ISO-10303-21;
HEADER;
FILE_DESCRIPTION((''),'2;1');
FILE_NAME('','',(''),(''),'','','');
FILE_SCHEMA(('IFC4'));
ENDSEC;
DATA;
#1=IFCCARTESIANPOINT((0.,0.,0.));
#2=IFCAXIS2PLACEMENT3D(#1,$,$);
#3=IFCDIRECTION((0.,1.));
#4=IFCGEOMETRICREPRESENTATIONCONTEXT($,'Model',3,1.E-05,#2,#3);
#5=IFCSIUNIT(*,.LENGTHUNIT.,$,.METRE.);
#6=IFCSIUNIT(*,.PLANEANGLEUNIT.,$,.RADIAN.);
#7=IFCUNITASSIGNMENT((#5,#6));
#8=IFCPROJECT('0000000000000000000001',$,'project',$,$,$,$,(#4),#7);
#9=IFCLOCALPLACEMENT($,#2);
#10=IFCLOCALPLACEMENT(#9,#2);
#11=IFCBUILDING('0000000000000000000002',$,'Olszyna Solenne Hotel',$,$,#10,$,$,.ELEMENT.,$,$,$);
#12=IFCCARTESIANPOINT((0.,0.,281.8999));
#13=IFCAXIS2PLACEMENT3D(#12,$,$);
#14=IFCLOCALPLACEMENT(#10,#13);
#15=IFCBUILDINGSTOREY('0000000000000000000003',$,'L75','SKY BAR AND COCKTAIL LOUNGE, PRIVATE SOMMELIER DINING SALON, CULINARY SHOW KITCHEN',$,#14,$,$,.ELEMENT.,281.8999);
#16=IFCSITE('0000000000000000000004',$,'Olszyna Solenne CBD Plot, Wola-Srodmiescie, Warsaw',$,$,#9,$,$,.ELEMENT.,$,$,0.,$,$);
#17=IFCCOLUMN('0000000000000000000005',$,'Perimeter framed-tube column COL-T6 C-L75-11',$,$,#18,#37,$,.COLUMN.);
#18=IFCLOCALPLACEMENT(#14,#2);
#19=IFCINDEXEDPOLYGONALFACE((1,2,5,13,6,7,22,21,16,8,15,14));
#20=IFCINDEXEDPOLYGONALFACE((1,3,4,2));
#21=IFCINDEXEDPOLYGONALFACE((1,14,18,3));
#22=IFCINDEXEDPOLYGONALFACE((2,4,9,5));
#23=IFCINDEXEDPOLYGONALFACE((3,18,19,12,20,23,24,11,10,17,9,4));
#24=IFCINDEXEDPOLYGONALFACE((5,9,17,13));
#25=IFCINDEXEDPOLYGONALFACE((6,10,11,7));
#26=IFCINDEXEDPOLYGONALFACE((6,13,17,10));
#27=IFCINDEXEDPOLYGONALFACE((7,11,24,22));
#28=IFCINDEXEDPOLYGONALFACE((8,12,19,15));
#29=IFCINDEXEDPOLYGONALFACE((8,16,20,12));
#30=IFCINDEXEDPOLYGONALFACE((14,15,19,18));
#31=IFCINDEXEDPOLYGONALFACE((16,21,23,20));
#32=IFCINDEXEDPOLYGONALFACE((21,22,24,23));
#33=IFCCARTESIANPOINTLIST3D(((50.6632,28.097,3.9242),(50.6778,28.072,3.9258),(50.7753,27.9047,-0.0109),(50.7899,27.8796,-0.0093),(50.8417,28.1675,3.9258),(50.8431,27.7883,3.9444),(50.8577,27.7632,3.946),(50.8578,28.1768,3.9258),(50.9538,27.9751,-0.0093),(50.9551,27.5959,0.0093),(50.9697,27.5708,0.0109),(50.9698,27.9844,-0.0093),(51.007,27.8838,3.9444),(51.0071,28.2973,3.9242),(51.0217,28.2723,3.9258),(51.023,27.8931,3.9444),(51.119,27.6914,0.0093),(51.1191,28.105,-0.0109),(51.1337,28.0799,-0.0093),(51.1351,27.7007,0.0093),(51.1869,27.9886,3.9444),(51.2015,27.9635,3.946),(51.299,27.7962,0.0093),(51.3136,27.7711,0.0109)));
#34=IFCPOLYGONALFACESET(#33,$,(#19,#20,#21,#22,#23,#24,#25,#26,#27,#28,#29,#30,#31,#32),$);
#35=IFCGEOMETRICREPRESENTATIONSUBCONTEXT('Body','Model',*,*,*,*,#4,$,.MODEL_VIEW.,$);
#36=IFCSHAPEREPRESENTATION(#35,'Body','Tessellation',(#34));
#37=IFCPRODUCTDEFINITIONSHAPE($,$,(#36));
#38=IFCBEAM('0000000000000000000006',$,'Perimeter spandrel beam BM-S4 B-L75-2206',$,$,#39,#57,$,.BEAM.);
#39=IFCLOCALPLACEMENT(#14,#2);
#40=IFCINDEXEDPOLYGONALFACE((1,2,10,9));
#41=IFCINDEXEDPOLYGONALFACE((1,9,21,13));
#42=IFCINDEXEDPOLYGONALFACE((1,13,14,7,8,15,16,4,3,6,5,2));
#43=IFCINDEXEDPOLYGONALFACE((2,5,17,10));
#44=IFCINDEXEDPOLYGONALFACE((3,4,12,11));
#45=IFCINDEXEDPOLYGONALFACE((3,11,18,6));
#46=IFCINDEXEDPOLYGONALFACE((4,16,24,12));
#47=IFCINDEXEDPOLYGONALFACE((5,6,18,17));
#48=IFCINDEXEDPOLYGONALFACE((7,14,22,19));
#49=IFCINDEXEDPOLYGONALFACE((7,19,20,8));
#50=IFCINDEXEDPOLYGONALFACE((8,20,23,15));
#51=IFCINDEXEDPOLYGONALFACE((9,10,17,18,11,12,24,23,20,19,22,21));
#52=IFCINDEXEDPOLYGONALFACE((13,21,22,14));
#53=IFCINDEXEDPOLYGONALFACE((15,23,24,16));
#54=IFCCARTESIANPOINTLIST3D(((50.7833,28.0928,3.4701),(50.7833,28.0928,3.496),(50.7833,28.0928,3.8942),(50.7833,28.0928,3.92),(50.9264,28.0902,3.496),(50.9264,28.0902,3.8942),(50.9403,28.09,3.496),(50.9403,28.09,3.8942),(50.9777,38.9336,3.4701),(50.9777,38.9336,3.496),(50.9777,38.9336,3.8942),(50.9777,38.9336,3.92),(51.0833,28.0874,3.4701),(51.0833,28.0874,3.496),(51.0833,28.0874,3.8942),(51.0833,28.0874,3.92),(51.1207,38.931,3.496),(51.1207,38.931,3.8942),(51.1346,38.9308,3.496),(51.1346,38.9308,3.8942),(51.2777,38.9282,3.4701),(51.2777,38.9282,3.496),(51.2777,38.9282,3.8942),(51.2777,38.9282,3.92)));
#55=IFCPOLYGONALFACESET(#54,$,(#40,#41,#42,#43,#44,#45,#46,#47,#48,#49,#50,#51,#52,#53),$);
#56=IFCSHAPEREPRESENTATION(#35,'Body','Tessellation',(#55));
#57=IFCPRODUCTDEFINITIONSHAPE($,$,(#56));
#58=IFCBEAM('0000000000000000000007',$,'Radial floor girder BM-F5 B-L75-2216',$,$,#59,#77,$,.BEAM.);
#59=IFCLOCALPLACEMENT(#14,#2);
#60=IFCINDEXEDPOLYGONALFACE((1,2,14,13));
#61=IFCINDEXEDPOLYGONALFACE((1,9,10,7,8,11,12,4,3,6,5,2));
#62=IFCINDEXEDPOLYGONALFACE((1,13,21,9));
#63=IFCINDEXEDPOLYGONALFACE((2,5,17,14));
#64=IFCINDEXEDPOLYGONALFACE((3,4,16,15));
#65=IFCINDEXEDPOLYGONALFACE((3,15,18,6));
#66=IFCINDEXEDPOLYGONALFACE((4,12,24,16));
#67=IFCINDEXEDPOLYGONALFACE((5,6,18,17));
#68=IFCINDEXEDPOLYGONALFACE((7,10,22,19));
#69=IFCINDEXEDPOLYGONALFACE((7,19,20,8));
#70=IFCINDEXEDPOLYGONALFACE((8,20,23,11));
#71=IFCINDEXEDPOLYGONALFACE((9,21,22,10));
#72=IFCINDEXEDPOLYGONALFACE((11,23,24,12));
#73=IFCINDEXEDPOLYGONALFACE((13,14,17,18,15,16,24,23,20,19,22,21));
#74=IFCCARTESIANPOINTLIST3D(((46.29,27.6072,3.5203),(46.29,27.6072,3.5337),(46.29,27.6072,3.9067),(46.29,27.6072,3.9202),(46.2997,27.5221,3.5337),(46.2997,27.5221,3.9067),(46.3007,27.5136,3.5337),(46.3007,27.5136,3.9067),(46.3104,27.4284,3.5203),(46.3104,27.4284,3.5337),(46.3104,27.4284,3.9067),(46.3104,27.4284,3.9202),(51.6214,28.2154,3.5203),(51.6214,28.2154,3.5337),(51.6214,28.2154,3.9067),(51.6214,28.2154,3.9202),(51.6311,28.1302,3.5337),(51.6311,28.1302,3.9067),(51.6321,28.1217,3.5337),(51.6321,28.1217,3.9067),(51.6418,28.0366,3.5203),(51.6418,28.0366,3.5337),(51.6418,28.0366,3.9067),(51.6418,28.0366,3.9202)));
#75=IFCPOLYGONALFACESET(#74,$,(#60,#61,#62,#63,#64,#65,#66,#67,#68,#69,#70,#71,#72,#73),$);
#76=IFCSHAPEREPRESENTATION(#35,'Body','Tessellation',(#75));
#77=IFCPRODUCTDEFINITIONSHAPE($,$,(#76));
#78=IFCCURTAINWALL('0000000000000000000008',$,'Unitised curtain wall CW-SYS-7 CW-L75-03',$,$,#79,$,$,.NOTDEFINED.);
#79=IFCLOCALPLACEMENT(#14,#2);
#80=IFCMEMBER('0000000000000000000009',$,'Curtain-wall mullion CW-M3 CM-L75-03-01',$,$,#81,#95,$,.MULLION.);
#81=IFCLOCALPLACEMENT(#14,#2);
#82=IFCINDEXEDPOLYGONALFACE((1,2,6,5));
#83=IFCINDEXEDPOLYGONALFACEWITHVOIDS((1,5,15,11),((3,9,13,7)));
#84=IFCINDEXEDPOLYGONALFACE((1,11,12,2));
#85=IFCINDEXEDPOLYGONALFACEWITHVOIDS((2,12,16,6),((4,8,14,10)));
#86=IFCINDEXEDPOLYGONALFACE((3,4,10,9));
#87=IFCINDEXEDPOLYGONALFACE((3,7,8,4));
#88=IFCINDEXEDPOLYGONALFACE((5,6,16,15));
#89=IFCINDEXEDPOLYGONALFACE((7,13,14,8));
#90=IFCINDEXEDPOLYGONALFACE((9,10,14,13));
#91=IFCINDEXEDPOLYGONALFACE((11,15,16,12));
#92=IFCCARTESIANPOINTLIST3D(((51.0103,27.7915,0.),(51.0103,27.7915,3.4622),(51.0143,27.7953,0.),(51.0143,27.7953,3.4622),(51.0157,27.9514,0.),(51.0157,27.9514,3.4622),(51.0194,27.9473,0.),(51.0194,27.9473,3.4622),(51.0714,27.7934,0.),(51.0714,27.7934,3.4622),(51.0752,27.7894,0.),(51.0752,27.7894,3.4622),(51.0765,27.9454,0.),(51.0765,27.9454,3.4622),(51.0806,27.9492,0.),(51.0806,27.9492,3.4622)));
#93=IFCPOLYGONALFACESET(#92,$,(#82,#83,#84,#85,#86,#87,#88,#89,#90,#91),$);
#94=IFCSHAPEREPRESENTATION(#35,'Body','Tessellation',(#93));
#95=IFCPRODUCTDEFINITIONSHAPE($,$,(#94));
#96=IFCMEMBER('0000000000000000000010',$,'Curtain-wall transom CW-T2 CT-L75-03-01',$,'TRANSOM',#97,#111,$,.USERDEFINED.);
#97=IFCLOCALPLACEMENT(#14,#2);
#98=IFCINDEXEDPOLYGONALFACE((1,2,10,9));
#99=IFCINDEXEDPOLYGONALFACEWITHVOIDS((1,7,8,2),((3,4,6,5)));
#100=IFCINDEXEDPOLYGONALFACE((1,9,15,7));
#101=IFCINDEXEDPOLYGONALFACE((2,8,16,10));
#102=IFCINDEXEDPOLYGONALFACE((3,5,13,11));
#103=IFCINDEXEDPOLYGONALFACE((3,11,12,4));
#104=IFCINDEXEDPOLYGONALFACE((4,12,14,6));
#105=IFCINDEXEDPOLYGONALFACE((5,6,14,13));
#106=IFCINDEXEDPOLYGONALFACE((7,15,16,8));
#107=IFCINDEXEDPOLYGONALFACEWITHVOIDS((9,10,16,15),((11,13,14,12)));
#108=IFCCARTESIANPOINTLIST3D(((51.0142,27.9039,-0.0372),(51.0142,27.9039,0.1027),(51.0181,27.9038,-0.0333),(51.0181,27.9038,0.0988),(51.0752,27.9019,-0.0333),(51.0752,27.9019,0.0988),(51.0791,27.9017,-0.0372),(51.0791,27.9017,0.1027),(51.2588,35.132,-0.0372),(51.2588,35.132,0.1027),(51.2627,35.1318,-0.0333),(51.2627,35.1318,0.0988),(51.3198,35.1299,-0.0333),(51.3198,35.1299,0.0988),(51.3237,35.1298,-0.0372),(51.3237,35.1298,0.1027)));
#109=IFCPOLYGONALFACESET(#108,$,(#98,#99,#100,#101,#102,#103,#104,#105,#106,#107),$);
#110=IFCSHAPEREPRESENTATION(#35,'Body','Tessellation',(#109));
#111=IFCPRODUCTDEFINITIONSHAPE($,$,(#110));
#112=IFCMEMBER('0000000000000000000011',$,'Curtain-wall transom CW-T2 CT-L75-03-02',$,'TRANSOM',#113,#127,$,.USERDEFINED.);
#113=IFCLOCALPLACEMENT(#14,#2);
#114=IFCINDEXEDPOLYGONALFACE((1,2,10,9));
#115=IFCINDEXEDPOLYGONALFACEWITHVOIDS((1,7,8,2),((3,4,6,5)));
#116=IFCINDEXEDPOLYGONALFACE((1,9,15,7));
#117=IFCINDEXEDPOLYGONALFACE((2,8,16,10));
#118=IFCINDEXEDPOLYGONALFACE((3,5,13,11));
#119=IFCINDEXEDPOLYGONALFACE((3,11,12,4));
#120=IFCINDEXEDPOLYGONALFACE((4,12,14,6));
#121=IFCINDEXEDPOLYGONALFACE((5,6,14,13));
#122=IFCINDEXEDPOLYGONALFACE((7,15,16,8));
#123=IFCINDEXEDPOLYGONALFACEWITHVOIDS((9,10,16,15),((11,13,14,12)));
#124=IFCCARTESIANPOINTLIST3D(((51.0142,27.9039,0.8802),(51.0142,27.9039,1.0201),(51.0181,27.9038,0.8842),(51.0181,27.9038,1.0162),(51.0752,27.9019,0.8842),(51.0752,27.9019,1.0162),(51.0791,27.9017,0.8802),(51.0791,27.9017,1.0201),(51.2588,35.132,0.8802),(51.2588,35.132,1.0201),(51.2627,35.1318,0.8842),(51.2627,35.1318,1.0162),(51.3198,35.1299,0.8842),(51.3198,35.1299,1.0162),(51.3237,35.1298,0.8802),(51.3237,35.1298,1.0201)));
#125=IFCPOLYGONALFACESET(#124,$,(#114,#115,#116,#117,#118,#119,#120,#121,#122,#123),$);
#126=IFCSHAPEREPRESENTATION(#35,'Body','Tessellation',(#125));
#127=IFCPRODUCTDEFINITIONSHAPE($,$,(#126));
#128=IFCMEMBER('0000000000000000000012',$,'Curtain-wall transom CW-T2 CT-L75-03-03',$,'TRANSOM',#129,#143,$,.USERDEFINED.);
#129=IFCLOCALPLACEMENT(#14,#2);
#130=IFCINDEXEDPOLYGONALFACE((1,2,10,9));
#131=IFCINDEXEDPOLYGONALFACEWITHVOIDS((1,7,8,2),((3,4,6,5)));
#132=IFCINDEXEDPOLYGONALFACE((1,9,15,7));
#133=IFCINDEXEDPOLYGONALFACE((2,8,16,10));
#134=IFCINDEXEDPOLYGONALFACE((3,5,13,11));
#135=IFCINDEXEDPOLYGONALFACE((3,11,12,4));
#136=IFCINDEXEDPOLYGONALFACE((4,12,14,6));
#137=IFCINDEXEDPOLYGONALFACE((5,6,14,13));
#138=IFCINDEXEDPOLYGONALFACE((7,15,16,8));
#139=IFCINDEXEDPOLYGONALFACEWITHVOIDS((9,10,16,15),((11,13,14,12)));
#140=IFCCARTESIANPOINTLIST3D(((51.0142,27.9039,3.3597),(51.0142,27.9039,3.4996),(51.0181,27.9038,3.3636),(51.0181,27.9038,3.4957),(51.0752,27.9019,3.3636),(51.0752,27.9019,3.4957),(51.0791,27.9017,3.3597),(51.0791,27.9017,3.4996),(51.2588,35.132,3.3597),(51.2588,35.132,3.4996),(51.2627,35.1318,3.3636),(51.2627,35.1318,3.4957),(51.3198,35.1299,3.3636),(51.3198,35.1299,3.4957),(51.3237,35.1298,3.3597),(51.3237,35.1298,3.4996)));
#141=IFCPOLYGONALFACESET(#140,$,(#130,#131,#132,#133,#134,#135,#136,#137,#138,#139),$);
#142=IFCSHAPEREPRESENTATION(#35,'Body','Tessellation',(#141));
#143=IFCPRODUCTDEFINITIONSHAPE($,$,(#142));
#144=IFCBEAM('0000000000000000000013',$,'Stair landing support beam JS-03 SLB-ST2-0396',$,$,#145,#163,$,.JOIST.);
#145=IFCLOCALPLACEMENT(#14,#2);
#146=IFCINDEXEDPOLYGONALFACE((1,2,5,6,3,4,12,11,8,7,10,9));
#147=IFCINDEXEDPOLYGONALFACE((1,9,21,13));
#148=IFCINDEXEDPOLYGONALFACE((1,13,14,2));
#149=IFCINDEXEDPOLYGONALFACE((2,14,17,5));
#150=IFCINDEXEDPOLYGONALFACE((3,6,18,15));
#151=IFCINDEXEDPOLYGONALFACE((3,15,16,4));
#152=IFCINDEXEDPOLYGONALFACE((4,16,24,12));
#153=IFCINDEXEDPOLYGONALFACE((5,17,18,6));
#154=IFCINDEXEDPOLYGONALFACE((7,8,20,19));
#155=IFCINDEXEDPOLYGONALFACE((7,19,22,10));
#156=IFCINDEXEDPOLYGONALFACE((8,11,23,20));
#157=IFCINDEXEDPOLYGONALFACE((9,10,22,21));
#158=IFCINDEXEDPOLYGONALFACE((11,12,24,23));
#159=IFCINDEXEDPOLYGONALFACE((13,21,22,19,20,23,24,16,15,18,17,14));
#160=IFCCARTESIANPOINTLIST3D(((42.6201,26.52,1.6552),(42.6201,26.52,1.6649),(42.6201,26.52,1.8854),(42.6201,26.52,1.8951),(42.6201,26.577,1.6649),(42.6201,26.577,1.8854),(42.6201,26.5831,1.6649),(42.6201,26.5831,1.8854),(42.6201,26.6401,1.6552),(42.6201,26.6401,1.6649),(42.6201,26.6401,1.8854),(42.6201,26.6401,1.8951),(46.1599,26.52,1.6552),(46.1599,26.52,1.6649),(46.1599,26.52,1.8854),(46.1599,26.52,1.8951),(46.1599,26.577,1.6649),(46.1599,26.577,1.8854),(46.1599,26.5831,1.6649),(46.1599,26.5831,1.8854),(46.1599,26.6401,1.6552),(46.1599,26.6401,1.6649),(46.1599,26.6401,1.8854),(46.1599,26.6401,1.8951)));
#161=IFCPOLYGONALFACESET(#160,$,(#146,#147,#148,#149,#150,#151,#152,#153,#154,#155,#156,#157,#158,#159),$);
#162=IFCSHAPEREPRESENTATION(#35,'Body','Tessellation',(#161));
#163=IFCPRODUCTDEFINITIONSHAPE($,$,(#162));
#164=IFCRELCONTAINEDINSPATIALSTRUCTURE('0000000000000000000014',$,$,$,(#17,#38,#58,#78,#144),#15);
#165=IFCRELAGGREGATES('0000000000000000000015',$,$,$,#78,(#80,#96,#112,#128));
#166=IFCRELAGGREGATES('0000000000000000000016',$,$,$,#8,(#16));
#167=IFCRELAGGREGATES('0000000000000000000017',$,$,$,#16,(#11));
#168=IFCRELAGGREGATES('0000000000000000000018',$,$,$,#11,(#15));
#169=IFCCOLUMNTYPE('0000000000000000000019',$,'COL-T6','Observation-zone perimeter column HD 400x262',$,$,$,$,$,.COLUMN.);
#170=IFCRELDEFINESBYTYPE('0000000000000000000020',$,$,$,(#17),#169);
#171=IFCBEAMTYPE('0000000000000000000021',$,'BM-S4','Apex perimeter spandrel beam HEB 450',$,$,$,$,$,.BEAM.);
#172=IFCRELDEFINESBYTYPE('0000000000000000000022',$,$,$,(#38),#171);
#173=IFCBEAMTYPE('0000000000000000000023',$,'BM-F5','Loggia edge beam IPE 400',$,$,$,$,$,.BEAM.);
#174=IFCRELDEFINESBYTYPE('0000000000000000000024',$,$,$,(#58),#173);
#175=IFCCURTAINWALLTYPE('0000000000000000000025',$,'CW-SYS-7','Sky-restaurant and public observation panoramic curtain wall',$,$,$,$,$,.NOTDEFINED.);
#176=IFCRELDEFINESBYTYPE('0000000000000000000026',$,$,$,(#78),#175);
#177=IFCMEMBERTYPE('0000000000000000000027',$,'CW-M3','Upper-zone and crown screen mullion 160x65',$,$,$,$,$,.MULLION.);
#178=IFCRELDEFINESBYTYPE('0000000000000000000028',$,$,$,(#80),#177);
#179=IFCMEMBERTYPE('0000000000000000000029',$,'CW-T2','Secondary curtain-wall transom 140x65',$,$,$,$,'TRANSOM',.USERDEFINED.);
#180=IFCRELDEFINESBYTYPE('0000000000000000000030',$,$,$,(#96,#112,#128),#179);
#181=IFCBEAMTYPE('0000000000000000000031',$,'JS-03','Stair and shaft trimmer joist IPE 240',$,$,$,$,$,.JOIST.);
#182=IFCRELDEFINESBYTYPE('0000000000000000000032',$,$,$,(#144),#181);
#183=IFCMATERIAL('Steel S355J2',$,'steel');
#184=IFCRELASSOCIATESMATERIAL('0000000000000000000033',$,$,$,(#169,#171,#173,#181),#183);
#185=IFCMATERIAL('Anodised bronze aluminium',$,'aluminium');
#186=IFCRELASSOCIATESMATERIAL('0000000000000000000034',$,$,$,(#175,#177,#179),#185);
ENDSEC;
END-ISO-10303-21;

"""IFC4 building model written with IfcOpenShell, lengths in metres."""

from ifc_helpers import new_model, si_unit, direction, frame, origin, origin_2d, place, context, subcontext, project, spatial, hollow_rectangle, i_section, extrude, source, transform, mapped, material, material_profile, profile_set, type_object, element, aggregate, save


model = new_model("IFC4")

# Units and contexts
model_context = context("Model", 3, precision=1e-05, world=origin(), true_north=direction((0.0, 1.0)))
body_context = subcontext(model_context, "Body", "Model", "MODEL_VIEW")
ifc_project = project(units=[si_unit("LENGTHUNIT", "METRE"), si_unit("PLANEANGLEUNIT", "RADIAN")], contexts=[model_context])

# Site, building, storey
site_placement = place(None, origin())
site = spatial("IfcSite", under=ifc_project, at=site_placement, Name="Olszyna Solenne CBD Plot, Wola-Srodmiescie, Warsaw", CompositionType="ELEMENT", RefElevation=0.0)
building_placement = place(site_placement, origin())
building = spatial("IfcBuilding", under=site, at=building_placement, Name="Olszyna Solenne Hotel", CompositionType="ELEMENT")
storey_placement = place(building_placement, frame((0.0, 0.0, 281.8999)))
storey = spatial("IfcBuildingStorey", under=building, at=storey_placement, Name="L75", Description="SKY BAR AND COCKTAIL LOUNGE, PRIVATE SOMMELIER DINING SALON, CULINARY SHOW KITCHEN", CompositionType="ELEMENT", Elevation=281.8999)

# Column
ifc_material_1 = material(Name="Steel S355J2", Category="steel")
ifc_material_profile_1 = material_profile(ifc_material_1, i_section(OverallWidth=0.3979, OverallDepth=0.387, WebThickness=0.0186, FlangeThickness=0.0291, at=origin_2d()), Name="HD 400x262", Category="load-bearing")
ifc_profile_set_1 = profile_set([ifc_material_profile_1], Name="Steel S355J2")
column_type = type_object("IfcColumnType", Name="COL-T6", Description="Observation-zone perimeter column HD 400x262", PredefinedType="COLUMN", material=ifc_profile_set_1)
shared_shape_1 = source(origin(), body_context, "Body", "SweptSolid", [
    extrude(i_section(OverallWidth=0.3979, OverallDepth=0.387, WebThickness=0.0186, FlangeThickness=0.0291, at=origin_2d()), origin(), (0.0, 0.0, 1.0), 3.9414),
])
column_placement = place(storey_placement, frame((51.0444, 27.8379, 0.0), z_axis=(-0.028432, 0.048811, 0.998403), x_axis=(-0.864097, -0.503325, 0.0)))
element("IfcColumn", 1, at=column_placement, inside=storey, type_object=column_type, Name="Perimeter framed-tube column COL-T6 C-L75-11", PredefinedType="COLUMN", context=body_context, shape_type="MappedRepresentation", body=[
    mapped(shared_shape_1, transform((0.0, 0.0, 0.0), x_axis=(1.0, 0.0, 0.0), y_axis=(0.0, 1.0, 0.0), z_axis=(0.0, 0.0, 1.0), scale=1.0)),
])

# Beams
ifc_material_profile_2 = material_profile(ifc_material_1, i_section(OverallWidth=0.3, OverallDepth=0.45, WebThickness=0.0139, FlangeThickness=0.0259, at=origin_2d()), Name="HEB 450", Category="load-bearing")
ifc_profile_set_2 = profile_set([ifc_material_profile_2], Name="Steel S355J2")
beam_type_1 = type_object("IfcBeamType", Name="BM-S4", Description="Apex perimeter spandrel beam HEB 450", PredefinedType="BEAM", material=ifc_profile_set_2)
shared_shape_2 = source(origin(), body_context, "Body", "SweptSolid", [
    extrude(i_section(OverallWidth=0.3, OverallDepth=0.45, WebThickness=0.0139, FlangeThickness=0.0259, at=origin_2d()), origin(), (0.0, 0.0, 1.0), 10.8425),
])
beam_1_placement = place(storey_placement, frame((50.9333, 28.0901, 3.6951), z_axis=(0.017923, 0.999839, 0.0), x_axis=(-0.999839, 0.017923, 0.0)))
element("IfcBeam", 2, at=beam_1_placement, inside=storey, type_object=beam_type_1, Name="Perimeter spandrel beam BM-S4 B-L75-2206", PredefinedType="BEAM", context=body_context, shape_type="MappedRepresentation", body=[
    mapped(shared_shape_2, transform((0.0, 0.0, 0.0), x_axis=(1.0, 0.0, 0.0), y_axis=(0.0, 1.0, 0.0), z_axis=(0.0, 0.0, 1.0), scale=1.0)),
])
ifc_material_profile_3 = material_profile(ifc_material_1, i_section(OverallWidth=0.1799, OverallDepth=0.3999, WebThickness=0.0085, FlangeThickness=0.0134, at=origin_2d()), Name="IPE 400", Category="load-bearing")
ifc_profile_set_3 = profile_set([ifc_material_profile_3], Name="Steel S355J2")
beam_type_2 = type_object("IfcBeamType", Name="BM-F5", Description="Loggia edge beam IPE 400", PredefinedType="BEAM", material=ifc_profile_set_3)
shared_shape_3 = source(origin(), body_context, "Body", "SweptSolid", [
    extrude(i_section(OverallWidth=0.1799, OverallDepth=0.3999, WebThickness=0.0085, FlangeThickness=0.0134, at=origin_2d()), origin(), (0.0, 0.0, 1.0), 5.366),
])
beam_2_placement = place(storey_placement, frame((51.6316, 28.126, 3.7202), z_axis=(-0.993557, -0.113337, 0.0), x_axis=(0.113337, -0.993557, 0.0)))
element("IfcBeam", 3, at=beam_2_placement, inside=storey, type_object=beam_type_2, Name="Radial floor girder BM-F5 B-L75-2216", PredefinedType="BEAM", context=body_context, shape_type="MappedRepresentation", body=[
    mapped(shared_shape_3, transform((0.0, 0.0, 0.0), x_axis=(1.0, 0.0, 0.0), y_axis=(0.0, 1.0, 0.0), z_axis=(0.0, 0.0, 1.0), scale=1.0)),
])

# Curtain wall, members
ifc_material_2 = material(Name="Anodised bronze aluminium", Category="aluminium")
curtain_wall_type = type_object("IfcCurtainWallType", Name="CW-SYS-7", Description="Sky-restaurant and public observation panoramic curtain wall", PredefinedType="NOTDEFINED", material=ifc_material_2)
curtain_wall_placement = place(storey_placement, origin())
curtain_wall = element("IfcCurtainWall", 4, at=curtain_wall_placement, inside=storey, type_object=curtain_wall_type, Name="Unitised curtain wall CW-SYS-7 CW-L75-03", PredefinedType="NOTDEFINED")
ifc_material_profile_4 = material_profile(ifc_material_2, hollow_rectangle(XDim=0.0649, YDim=0.1599, WallThickness=0.0039, at=origin_2d()), Name="MULL 160x65x4", Category="load-bearing")
ifc_profile_set_4 = profile_set([ifc_material_profile_4], Name="Anodised bronze aluminium")
member_type_1 = type_object("IfcMemberType", Name="CW-M3", Description="Upper-zone and crown screen mullion 160x65", PredefinedType="MULLION", material=ifc_profile_set_4)
shared_shape_4 = source(origin(), body_context, "Body", "SweptSolid", [
    extrude(hollow_rectangle(XDim=0.0649, YDim=0.1599, WallThickness=0.0039, at=origin_2d()), origin(), (0.0, 0.0, 1.0), 3.4622),
])
member_1_placement = place(storey_placement, frame((51.0454, 27.8704, 0.0), z_axis=(0.0, 0.0, 1.0), x_axis=(-0.999427, 0.033835, 0.0)))
member_1 = element("IfcMember", 5, at=member_1_placement, type_object=member_type_1, Name="Curtain-wall mullion CW-M3 CM-L75-03-01", PredefinedType="MULLION", context=body_context, shape_type="MappedRepresentation", body=[
    mapped(shared_shape_4, transform((0.0, 0.0, 0.0), x_axis=(1.0, 0.0, 0.0), y_axis=(0.0, 1.0, 0.0), z_axis=(0.0, 0.0, 1.0), scale=1.0)),
])
ifc_material_profile_5 = material_profile(ifc_material_2, hollow_rectangle(XDim=0.0649, YDim=0.1399, WallThickness=0.0039, at=origin_2d()), Name="TRAN 140x65x4", Category="load-bearing")
ifc_profile_set_5 = profile_set([ifc_material_profile_5], Name="Anodised bronze aluminium")
member_type_2 = type_object("IfcMemberType", Name="CW-T2", Description="Secondary curtain-wall transom 140x65", ElementType="TRANSOM", PredefinedType="USERDEFINED", material=ifc_profile_set_5)
shared_shape_5 = source(origin(), body_context, "Body", "SweptSolid", [
    extrude(hollow_rectangle(XDim=0.0649, YDim=0.1399, WallThickness=0.0039, at=origin_2d()), origin(), (0.0, 0.0, 1.0), 7.2322),
])
member_2_placement = place(storey_placement, frame((51.0466, 27.9028, 0.0327), z_axis=(0.033825, 0.999428, 0.0), x_axis=(-0.999428, 0.033825, 0.0)))
member_2 = element("IfcMember", 6, at=member_2_placement, type_object=member_type_2, Name="Curtain-wall transom CW-T2 CT-L75-03-01", ObjectType="TRANSOM", PredefinedType="USERDEFINED", context=body_context, shape_type="MappedRepresentation", body=[
    mapped(shared_shape_5, transform((0.0, 0.0, 0.0), x_axis=(1.0, 0.0, 0.0), y_axis=(0.0, 1.0, 0.0), z_axis=(0.0, 0.0, 1.0), scale=1.0)),
])
member_3_placement = place(storey_placement, frame((51.0466, 27.9028, 0.9502), z_axis=(0.033825, 0.999428, 0.0), x_axis=(-0.999428, 0.033825, 0.0)))
member_3 = element("IfcMember", 7, at=member_3_placement, type_object=member_type_2, Name="Curtain-wall transom CW-T2 CT-L75-03-02", ObjectType="TRANSOM", PredefinedType="USERDEFINED", context=body_context, shape_type="MappedRepresentation", body=[
    mapped(shared_shape_5, transform((0.0, 0.0, 0.0), x_axis=(1.0, 0.0, 0.0), y_axis=(0.0, 1.0, 0.0), z_axis=(0.0, 0.0, 1.0), scale=1.0)),
])
member_4_placement = place(storey_placement, frame((51.0466, 27.9028, 3.4297), z_axis=(0.033825, 0.999428, 0.0), x_axis=(-0.999428, 0.033825, 0.0)))
member_4 = element("IfcMember", 8, at=member_4_placement, type_object=member_type_2, Name="Curtain-wall transom CW-T2 CT-L75-03-03", ObjectType="TRANSOM", PredefinedType="USERDEFINED", context=body_context, shape_type="MappedRepresentation", body=[
    mapped(shared_shape_5, transform((0.0, 0.0, 0.0), x_axis=(1.0, 0.0, 0.0), y_axis=(0.0, 1.0, 0.0), z_axis=(0.0, 0.0, 1.0), scale=1.0)),
])
aggregate(curtain_wall, [member_1, member_2, member_3, member_4])

# Beam
ifc_material_profile_6 = material_profile(ifc_material_1, i_section(OverallWidth=0.1201, OverallDepth=0.24, WebThickness=0.0061, FlangeThickness=0.0098, at=origin_2d()), Name="IPE 240", Category="load-bearing")
ifc_profile_set_6 = profile_set([ifc_material_profile_6], Name="Steel S355J2")
beam_type_3 = type_object("IfcBeamType", Name="JS-03", Description="Stair and shaft trimmer joist IPE 240", PredefinedType="JOIST", material=ifc_profile_set_6)
shared_shape_6 = source(origin(), body_context, "Body", "SweptSolid", [
    extrude(i_section(OverallWidth=0.1201, OverallDepth=0.24, WebThickness=0.0061, FlangeThickness=0.0098, at=origin_2d()), origin(), (0.0, 0.0, 1.0), 3.5398),
])
beam_3_placement = place(storey_placement, frame((46.1599, 26.5801, 1.7751), z_axis=(-1.0, 0.0, 0.0), x_axis=(0.0, -1.0, 0.0)))
element("IfcBeam", 9, at=beam_3_placement, inside=storey, type_object=beam_type_3, Name="Stair landing support beam JS-03 SLB-ST2-0396", PredefinedType="JOIST", context=body_context, shape_type="MappedRepresentation", body=[
    mapped(shared_shape_6, transform((0.0, 0.0, 0.0), x_axis=(1.0, 0.0, 0.0), y_axis=(0.0, 1.0, 0.0), z_axis=(0.0, 0.0, 1.0), scale=1.0)),
])

save(model, "model.ifc")
